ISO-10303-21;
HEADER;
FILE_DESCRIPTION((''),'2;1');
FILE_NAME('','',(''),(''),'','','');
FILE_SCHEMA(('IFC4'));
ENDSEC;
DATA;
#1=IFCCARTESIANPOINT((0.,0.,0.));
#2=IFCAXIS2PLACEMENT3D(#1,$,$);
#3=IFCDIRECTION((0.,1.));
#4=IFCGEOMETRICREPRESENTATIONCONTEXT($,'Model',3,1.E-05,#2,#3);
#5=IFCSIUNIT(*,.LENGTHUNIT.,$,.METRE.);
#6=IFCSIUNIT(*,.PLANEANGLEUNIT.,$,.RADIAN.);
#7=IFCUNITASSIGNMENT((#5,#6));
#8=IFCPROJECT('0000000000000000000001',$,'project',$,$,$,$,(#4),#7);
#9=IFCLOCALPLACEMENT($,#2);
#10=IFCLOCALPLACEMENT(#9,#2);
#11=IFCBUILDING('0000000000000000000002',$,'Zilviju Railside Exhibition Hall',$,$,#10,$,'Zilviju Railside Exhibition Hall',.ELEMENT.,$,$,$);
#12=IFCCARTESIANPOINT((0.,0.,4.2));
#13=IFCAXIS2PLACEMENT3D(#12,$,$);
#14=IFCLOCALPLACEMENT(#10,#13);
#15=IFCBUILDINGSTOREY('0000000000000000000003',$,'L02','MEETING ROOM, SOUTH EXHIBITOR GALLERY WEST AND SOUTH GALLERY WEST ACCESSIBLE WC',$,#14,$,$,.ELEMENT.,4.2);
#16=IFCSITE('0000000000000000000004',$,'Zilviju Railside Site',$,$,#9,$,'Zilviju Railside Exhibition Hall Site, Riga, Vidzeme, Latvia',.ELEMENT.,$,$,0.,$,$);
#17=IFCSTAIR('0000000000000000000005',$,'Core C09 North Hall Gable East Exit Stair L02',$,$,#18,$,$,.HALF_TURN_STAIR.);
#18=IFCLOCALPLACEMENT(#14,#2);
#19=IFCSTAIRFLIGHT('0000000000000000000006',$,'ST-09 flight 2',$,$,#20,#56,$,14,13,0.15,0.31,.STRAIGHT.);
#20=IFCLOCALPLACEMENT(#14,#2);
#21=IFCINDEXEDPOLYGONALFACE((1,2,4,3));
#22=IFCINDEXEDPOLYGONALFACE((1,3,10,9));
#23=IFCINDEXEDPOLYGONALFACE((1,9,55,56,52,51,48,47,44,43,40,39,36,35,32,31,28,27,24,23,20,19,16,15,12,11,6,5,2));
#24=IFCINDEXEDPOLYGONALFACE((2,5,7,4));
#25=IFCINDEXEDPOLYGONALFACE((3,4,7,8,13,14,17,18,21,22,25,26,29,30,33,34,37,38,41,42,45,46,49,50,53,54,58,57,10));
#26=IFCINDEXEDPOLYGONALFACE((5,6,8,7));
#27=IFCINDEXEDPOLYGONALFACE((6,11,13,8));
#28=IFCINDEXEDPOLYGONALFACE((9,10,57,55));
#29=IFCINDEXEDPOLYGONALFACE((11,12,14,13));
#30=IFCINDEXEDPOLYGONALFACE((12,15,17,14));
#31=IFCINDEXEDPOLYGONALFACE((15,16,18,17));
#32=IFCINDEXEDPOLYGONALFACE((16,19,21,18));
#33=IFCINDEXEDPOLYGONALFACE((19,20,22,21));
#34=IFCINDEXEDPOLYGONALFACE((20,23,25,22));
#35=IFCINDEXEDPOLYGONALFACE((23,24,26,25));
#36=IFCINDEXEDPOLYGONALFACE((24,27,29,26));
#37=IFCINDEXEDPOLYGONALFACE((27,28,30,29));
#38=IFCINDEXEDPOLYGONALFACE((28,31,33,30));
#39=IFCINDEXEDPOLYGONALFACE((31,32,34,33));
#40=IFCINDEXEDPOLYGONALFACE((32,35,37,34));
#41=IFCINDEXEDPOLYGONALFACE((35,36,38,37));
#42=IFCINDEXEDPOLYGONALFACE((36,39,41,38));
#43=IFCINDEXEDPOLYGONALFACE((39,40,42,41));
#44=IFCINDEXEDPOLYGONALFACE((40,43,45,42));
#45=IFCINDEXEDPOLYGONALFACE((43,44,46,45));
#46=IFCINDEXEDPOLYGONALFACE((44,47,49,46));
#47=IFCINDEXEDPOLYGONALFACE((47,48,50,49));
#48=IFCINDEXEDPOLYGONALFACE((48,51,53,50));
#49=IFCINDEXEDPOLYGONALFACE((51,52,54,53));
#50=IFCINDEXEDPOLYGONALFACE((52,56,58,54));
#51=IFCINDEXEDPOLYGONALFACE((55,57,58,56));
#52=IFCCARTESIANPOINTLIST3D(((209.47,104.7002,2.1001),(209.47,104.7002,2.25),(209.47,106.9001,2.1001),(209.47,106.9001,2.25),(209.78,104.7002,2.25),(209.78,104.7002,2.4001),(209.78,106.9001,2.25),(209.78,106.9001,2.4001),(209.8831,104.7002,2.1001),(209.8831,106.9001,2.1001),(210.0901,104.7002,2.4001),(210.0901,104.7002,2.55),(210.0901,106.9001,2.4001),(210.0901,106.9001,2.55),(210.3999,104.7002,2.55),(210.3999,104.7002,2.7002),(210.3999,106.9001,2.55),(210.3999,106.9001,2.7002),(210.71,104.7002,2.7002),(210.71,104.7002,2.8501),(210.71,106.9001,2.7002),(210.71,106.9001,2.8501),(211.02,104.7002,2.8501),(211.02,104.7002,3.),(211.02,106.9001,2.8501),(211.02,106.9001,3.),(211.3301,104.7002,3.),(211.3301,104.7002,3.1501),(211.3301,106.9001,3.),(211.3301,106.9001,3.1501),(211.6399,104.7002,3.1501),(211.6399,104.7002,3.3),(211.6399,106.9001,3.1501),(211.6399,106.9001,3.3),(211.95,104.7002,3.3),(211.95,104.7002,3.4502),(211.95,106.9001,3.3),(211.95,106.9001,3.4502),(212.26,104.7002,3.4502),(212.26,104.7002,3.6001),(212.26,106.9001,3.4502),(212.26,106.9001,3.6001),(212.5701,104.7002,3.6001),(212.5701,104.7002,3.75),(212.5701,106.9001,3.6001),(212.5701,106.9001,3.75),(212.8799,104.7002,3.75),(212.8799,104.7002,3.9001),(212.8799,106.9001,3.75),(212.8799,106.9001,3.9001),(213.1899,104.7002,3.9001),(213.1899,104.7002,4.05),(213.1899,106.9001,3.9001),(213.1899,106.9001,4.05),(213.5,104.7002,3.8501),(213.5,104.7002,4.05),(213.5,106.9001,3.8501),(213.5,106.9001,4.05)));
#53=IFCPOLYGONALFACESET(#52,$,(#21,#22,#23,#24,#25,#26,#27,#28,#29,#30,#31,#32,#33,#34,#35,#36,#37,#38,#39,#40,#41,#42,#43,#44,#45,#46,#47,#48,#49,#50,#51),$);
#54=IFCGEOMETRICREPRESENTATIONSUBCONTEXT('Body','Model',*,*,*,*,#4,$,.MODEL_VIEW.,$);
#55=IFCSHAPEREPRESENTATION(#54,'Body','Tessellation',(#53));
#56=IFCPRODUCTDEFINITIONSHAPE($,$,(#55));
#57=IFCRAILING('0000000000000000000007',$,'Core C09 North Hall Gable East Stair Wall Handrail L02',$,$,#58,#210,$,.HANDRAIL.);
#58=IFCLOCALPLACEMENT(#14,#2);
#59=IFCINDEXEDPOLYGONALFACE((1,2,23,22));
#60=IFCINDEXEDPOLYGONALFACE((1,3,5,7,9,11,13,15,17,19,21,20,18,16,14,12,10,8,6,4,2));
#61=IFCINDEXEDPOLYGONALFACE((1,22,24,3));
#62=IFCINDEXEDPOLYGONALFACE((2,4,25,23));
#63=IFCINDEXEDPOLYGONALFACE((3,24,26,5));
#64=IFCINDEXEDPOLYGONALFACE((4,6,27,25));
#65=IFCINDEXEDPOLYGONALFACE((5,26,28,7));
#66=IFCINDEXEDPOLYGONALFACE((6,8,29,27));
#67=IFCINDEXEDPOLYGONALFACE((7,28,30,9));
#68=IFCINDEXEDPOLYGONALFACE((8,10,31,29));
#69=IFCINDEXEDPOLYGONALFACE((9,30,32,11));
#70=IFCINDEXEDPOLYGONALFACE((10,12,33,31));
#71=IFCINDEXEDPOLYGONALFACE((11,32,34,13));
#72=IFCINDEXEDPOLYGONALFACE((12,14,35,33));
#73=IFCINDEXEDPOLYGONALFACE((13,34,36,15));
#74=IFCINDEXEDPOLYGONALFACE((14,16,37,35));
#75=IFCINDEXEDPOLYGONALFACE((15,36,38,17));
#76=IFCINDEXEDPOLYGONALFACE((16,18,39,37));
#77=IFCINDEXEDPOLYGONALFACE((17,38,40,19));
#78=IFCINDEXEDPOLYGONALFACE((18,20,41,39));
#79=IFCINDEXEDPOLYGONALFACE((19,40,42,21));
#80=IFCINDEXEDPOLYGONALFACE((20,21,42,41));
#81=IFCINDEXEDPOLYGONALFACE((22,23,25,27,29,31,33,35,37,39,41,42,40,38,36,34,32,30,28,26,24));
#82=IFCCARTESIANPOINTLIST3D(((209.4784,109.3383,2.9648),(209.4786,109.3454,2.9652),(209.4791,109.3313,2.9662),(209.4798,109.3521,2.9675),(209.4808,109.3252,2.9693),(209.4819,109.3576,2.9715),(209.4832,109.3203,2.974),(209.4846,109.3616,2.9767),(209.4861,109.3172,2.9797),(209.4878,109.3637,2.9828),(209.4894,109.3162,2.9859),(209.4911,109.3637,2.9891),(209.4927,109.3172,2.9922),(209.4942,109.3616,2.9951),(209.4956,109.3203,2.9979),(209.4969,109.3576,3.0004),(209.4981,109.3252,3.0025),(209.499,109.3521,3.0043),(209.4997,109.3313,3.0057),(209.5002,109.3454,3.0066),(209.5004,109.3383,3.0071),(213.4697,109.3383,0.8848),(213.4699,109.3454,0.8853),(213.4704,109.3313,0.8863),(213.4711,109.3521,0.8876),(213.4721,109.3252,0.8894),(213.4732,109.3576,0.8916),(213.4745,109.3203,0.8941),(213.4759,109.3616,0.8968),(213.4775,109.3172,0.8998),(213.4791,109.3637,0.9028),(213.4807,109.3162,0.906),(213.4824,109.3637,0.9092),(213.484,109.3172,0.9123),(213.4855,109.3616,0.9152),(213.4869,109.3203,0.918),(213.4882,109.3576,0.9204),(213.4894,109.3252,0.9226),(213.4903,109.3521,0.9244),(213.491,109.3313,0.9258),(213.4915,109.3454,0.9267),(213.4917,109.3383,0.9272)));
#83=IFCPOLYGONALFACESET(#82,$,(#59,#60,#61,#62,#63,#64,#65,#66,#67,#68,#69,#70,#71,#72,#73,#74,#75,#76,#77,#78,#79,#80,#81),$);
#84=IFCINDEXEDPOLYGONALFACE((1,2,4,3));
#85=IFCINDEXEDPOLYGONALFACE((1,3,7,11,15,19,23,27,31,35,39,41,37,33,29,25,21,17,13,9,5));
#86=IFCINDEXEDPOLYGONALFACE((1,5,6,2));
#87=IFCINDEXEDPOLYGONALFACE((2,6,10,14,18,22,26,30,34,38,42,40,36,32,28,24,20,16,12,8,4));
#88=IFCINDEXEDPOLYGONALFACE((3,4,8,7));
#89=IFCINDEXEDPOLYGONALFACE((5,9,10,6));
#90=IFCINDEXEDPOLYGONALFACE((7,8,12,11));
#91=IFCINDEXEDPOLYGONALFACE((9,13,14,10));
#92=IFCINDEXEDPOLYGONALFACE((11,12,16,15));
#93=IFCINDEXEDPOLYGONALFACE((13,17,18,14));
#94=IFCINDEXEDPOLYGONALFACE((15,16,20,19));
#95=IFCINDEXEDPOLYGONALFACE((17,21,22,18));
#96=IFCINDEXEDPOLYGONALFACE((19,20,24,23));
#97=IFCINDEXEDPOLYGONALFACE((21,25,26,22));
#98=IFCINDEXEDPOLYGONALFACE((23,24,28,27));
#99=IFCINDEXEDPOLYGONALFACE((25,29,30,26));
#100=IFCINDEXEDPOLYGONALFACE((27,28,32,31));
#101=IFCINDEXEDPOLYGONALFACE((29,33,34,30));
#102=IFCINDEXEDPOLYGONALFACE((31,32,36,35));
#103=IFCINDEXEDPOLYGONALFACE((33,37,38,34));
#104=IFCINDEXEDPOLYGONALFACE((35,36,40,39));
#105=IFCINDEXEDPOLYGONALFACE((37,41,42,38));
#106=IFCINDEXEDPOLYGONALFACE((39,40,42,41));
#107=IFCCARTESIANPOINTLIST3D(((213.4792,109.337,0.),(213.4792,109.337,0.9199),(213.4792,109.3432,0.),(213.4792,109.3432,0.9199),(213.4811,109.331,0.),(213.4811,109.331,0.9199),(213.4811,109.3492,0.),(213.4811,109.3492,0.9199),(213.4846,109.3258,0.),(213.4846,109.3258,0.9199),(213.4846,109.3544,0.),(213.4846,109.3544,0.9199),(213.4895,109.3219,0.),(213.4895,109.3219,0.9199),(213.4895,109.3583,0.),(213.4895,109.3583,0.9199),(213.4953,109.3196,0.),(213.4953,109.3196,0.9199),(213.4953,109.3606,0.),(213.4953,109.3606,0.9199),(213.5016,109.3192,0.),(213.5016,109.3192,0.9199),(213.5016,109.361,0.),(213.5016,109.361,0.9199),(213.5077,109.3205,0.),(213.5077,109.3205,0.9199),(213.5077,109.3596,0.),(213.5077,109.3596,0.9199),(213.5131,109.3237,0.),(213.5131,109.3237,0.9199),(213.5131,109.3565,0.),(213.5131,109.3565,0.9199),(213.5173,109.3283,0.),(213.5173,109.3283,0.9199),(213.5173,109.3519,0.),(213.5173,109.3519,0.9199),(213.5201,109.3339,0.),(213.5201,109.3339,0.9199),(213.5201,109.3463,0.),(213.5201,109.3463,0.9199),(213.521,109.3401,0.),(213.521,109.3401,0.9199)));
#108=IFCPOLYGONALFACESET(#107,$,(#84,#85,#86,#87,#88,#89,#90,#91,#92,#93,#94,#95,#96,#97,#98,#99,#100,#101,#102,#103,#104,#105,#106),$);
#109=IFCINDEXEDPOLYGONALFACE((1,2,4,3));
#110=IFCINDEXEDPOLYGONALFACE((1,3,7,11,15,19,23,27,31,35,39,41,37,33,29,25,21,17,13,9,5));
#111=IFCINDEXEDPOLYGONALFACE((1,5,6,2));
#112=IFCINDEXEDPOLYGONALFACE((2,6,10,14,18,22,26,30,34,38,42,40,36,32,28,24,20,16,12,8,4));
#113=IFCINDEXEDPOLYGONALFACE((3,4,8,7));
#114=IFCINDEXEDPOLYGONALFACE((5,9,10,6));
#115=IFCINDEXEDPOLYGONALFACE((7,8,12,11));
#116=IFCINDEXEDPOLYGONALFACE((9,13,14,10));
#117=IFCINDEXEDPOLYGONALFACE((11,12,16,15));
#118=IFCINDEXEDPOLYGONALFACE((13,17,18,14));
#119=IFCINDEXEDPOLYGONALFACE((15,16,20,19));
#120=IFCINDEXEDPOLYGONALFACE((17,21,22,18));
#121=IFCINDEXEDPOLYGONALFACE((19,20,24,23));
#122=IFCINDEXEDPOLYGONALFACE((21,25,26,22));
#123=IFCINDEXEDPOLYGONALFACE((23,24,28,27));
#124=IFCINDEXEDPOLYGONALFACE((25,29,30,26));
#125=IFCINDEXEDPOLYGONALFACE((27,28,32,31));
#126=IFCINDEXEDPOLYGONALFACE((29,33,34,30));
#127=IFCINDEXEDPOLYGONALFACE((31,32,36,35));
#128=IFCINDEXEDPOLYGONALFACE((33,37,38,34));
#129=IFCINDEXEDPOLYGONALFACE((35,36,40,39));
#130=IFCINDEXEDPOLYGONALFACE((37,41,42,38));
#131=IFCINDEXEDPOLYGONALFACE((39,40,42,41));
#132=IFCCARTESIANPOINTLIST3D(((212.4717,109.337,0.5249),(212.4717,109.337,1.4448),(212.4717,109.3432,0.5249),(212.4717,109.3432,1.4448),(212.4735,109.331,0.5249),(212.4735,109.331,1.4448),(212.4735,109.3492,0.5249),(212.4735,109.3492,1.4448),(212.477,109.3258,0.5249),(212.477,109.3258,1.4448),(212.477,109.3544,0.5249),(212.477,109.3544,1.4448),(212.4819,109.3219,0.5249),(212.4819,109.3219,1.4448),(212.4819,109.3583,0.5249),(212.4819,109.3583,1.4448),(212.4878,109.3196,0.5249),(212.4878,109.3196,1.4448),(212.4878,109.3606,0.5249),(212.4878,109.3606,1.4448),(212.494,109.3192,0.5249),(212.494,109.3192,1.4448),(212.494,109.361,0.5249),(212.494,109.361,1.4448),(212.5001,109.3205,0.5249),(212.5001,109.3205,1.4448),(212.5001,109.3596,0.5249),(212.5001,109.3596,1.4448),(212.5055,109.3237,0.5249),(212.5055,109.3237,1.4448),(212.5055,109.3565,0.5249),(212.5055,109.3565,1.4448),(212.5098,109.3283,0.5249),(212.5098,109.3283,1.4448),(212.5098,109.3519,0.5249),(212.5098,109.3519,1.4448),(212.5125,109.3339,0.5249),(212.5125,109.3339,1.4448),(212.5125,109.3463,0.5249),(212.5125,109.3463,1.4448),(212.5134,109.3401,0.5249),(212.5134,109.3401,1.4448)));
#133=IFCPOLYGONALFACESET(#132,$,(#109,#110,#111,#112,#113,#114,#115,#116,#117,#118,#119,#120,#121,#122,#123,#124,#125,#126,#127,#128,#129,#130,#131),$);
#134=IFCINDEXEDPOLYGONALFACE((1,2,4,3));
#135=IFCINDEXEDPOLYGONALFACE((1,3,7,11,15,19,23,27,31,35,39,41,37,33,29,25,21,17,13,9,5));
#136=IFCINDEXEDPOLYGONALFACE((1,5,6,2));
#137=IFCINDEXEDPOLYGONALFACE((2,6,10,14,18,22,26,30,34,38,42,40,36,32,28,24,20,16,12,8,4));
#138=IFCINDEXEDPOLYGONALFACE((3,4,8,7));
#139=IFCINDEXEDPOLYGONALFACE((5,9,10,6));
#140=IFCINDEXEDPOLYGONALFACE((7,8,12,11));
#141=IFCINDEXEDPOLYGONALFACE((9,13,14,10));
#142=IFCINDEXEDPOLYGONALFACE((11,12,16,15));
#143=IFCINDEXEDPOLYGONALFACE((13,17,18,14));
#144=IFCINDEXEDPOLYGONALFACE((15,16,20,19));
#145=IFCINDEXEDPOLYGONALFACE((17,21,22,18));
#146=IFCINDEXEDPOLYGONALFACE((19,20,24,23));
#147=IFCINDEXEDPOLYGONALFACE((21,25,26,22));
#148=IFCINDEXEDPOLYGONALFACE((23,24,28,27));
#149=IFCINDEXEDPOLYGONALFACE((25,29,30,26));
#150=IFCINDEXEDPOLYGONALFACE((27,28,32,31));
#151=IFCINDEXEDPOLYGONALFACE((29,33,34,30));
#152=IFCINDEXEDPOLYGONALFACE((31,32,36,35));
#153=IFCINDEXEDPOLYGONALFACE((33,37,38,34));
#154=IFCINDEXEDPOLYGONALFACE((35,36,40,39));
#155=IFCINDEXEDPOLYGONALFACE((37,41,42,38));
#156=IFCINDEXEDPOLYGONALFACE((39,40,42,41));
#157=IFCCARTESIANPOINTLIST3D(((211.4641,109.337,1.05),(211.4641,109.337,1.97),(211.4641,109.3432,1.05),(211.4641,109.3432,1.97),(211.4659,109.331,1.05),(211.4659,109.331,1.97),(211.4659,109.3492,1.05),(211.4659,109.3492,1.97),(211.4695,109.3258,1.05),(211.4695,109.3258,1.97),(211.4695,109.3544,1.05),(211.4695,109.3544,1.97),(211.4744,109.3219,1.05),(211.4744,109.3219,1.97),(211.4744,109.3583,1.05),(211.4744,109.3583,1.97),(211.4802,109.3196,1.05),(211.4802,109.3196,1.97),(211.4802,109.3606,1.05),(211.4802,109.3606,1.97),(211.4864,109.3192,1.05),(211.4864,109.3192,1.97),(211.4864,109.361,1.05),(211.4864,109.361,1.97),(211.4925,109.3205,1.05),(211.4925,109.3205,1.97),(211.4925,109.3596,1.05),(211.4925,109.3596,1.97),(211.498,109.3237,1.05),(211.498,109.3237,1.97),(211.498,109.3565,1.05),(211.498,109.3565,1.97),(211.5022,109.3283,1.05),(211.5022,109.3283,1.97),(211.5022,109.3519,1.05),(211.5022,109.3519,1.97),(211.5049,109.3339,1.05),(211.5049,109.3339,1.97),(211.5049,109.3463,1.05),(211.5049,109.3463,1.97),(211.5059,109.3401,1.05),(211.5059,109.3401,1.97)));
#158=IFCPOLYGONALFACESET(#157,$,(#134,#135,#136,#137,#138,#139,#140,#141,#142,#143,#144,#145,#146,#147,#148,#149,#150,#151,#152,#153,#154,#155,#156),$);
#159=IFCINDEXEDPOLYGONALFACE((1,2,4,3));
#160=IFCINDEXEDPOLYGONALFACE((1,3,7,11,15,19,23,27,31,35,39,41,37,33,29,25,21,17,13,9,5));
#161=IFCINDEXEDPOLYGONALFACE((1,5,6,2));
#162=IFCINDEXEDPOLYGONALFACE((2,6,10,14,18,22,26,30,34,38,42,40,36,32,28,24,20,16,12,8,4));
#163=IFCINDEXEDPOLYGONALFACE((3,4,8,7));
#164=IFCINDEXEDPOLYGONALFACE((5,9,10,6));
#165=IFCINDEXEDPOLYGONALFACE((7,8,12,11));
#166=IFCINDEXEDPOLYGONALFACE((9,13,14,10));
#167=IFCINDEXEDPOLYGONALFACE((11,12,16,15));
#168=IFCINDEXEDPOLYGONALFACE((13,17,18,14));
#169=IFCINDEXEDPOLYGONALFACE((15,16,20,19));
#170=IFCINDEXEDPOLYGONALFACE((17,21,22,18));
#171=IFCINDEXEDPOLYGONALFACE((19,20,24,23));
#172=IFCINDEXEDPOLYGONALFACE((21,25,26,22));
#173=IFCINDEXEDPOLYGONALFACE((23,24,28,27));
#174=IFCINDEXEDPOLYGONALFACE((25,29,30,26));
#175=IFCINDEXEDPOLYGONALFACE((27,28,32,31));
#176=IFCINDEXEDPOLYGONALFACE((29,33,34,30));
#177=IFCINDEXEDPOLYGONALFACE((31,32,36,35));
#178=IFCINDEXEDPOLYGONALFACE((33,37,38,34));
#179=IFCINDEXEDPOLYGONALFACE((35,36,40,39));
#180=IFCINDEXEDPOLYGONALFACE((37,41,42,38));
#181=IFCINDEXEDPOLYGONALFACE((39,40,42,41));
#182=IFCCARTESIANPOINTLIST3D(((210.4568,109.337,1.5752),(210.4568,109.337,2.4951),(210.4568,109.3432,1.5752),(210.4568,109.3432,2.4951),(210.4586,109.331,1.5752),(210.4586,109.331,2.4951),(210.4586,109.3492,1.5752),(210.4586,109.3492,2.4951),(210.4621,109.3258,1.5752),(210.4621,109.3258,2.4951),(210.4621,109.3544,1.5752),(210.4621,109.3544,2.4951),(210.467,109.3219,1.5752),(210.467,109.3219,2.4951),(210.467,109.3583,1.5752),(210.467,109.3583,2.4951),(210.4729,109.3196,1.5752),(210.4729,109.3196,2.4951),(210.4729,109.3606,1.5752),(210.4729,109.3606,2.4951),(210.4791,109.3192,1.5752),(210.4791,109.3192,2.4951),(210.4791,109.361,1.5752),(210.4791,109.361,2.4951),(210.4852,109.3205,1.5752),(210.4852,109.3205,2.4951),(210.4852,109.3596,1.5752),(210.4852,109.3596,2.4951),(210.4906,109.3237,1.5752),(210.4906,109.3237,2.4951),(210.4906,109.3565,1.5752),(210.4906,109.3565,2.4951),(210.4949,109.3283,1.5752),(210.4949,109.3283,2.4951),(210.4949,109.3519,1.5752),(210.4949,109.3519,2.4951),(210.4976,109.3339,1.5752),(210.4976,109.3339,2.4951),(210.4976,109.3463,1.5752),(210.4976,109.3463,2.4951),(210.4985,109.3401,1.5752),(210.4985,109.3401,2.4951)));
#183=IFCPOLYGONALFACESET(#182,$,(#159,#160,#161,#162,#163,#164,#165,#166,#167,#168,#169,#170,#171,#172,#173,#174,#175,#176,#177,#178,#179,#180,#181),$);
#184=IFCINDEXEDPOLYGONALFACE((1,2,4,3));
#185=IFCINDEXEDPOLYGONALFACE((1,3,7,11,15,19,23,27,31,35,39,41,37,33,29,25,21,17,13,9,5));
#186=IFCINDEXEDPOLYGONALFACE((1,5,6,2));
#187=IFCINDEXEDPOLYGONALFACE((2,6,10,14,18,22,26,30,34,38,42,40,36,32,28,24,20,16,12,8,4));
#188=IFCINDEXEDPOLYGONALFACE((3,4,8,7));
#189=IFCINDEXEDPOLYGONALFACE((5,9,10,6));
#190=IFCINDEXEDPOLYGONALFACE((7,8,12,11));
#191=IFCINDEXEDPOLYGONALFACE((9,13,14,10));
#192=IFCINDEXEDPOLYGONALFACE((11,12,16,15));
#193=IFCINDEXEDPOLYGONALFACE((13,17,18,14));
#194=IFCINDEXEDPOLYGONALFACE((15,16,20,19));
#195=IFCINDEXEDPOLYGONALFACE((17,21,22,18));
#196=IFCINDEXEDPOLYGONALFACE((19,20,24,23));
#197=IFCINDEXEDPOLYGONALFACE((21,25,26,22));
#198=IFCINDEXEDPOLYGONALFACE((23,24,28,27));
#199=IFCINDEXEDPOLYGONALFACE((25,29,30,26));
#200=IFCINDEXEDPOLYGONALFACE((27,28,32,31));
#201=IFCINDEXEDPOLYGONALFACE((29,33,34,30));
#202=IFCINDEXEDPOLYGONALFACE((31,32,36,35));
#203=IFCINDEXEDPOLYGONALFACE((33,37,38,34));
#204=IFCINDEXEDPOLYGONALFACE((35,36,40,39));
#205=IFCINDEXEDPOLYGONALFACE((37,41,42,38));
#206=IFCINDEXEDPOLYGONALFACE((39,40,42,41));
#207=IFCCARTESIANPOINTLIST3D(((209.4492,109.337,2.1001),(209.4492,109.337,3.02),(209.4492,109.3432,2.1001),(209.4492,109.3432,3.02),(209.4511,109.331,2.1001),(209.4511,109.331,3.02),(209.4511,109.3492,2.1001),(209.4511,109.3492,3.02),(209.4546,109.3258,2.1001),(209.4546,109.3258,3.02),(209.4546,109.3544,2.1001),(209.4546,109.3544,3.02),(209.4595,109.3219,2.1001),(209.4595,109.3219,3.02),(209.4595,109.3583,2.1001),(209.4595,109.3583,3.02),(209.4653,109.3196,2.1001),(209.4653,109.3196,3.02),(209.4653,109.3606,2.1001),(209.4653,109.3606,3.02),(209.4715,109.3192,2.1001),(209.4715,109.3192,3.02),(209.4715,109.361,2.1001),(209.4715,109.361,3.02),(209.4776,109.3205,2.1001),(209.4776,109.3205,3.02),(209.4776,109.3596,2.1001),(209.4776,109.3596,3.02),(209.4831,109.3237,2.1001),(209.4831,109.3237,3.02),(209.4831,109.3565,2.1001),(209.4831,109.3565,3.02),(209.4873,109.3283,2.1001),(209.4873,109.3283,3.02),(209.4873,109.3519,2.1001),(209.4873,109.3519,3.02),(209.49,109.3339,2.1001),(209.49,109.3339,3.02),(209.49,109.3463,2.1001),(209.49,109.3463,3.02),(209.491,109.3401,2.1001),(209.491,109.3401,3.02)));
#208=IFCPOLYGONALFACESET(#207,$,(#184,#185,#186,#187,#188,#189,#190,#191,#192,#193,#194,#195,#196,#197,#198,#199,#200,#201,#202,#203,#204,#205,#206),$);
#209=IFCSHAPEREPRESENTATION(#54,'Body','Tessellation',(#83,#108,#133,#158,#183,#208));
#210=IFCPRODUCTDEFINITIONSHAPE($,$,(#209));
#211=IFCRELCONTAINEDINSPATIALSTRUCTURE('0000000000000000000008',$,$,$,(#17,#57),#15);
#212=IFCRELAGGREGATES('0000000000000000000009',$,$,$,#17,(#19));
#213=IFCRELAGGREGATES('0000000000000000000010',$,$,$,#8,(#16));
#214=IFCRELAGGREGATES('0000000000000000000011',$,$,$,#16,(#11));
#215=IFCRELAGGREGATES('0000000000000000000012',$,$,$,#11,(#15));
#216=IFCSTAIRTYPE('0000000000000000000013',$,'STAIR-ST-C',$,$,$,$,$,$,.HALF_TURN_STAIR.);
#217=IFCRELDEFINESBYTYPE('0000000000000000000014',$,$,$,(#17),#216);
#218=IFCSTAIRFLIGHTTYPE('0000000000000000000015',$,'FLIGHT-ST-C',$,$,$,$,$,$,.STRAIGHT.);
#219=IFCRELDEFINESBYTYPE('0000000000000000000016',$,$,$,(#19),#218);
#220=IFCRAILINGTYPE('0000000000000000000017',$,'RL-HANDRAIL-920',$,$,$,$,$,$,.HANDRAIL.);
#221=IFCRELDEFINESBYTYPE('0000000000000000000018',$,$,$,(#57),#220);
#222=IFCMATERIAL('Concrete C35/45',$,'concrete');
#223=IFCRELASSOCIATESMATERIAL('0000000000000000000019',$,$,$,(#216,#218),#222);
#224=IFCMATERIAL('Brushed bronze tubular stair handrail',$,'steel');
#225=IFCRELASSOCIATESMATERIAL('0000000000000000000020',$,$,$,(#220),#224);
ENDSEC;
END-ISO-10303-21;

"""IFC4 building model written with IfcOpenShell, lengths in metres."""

from ifc_helpers import new_model, si_unit, direction, frame, origin, origin_2d, place, context, subcontext, project, spatial, polyline, circle, outline, extrude, material, type_object, element, aggregate, save


model = new_model("IFC4")

# Units and contexts
model_context = context("Model", 3, precision=1e-05, world=origin(), true_north=direction((0.0, 1.0)))
body_context = subcontext(model_context, "Body", "Model", "MODEL_VIEW")
ifc_project = project(units=[si_unit("LENGTHUNIT", "METRE"), si_unit("PLANEANGLEUNIT", "RADIAN")], contexts=[model_context])

# Site, building, storey
site_placement = place(None, origin())
site = spatial("IfcSite", under=ifc_project, at=site_placement, Name="Zilviju Railside Site", LongName="Zilviju Railside Exhibition Hall Site, Riga, Vidzeme, Latvia", CompositionType="ELEMENT", RefElevation=0.0)
building_placement = place(site_placement, origin())
building = spatial("IfcBuilding", under=site, at=building_placement, Name="Zilviju Railside Exhibition Hall", LongName="Zilviju Railside Exhibition Hall", CompositionType="ELEMENT")
storey_placement = place(building_placement, frame((0.0, 0.0, 4.2)))
storey = spatial("IfcBuildingStorey", under=building, at=storey_placement, Name="L02", Description="MEETING ROOM, SOUTH EXHIBITOR GALLERY WEST AND SOUTH GALLERY WEST ACCESSIBLE WC", CompositionType="ELEMENT", Elevation=4.2)

# Shared definitions
ifc_material_1 = material(Name="Concrete C35/45", Category="concrete")

# Stair, stair flight
stair_type = type_object("IfcStairType", Name="STAIR-ST-C", PredefinedType="HALF_TURN_STAIR", material=ifc_material_1)
stair_placement = place(storey_placement, origin())
stair = element("IfcStair", 1, at=stair_placement, inside=storey, type_object=stair_type, Name="Core C09 North Hall Gable East Exit Stair L02", PredefinedType="HALF_TURN_STAIR")
stair_flight_type = type_object("IfcStairFlightType", Name="FLIGHT-ST-C", PredefinedType="STRAIGHT", material=ifc_material_1)
stair_flight_1_placement = place(storey_placement, frame((209.47, 105.8, 2.1001), z_axis=(0.0, 0.0, 1.0), x_axis=(1.0, 0.0, 0.0)))
stair_flight_1 = element("IfcStairFlight", 2, at=stair_flight_1_placement, type_object=stair_flight_type, Name="ST-09 flight 2", NumberOfRisers=14, NumberOfTreads=13, PredefinedType="STRAIGHT", RiserHeight=0.15, TreadLength=0.31, context=body_context, shape_type="SweptSolid", body=[
    extrude(outline(polyline([(0.0, 0.0), (0.0, 0.1499), (0.3101, 0.1499), (0.3101, 0.3), (0.6201, 0.3), (0.6201, 0.45), (0.9299, 0.45), (0.9299, 0.6001), (1.24, 0.6001), (1.24, 0.75), (1.55, 0.75), (1.55, 0.8999), (1.8601, 0.8999), (1.8601, 1.05), (2.1699, 1.05), (2.1699, 1.2), (2.48, 1.2), (2.48, 1.3501), (2.79, 1.3501), (2.79, 1.5), (3.1001, 1.5), (3.1001, 1.6499), (3.4099, 1.6499), (3.4099, 1.8), (3.72, 1.8), (3.72, 1.95), (4.03, 1.95), (4.03, 2.1001), (4.03, 1.75), (0.4131, 0.0), (0.0, 0.0)])), frame((0.0, 1.1001, 0.0), z_axis=(0.0, -1.0, 0.0), x_axis=(1.0, 0.0, 0.0)), (0.0, 0.0, 1.0), 2.2),
])
aggregate(stair, [stair_flight_1])

# Railing
ifc_material_2 = material(Name="Brushed bronze tubular stair handrail", Category="steel")
railing_type_1 = type_object("IfcRailingType", Name="RL-HANDRAIL-920", PredefinedType="HANDRAIL", material=ifc_material_2)
railing_1_placement = place(storey_placement, frame((213.5, 109.3401, 0.0)))
element("IfcRailing", 3, at=railing_1_placement, inside=storey, type_object=railing_type_1, Name="Core C09 North Hall Gable East Stair Wall Handrail L02", PredefinedType="HANDRAIL", context=body_context, shape_type="SweptSolid", body=[
    extrude(circle(Radius=0.0239, at=origin_2d()), frame((-0.0193, 0.0, 0.906), z_axis=(-0.886813, 0.0, 0.462129), x_axis=(0.0, -1.0, 0.0)), (0.0, 0.0, 1.0), 4.5007),
    extrude(circle(Radius=0.021, at=origin_2d()), origin(), (0.0, 0.0, 1.0), 0.9199),
    extrude(circle(Radius=0.021, at=origin_2d()), frame((-1.0076, 0.0, 0.5249)), (0.0, 0.0, 1.0), 0.9199),
    extrude(circle(Radius=0.021, at=origin_2d()), frame((-2.0151, 0.0, 1.05)), (0.0, 0.0, 1.0), 0.9199),
    extrude(circle(Radius=0.021, at=origin_2d()), frame((-3.0225, 0.0, 1.5752)), (0.0, 0.0, 1.0), 0.9199),
    extrude(circle(Radius=0.021, at=origin_2d()), frame((-4.03, 0.0, 2.1001)), (0.0, 0.0, 1.0), 0.9199),
])

save(model, "model.ifc")
